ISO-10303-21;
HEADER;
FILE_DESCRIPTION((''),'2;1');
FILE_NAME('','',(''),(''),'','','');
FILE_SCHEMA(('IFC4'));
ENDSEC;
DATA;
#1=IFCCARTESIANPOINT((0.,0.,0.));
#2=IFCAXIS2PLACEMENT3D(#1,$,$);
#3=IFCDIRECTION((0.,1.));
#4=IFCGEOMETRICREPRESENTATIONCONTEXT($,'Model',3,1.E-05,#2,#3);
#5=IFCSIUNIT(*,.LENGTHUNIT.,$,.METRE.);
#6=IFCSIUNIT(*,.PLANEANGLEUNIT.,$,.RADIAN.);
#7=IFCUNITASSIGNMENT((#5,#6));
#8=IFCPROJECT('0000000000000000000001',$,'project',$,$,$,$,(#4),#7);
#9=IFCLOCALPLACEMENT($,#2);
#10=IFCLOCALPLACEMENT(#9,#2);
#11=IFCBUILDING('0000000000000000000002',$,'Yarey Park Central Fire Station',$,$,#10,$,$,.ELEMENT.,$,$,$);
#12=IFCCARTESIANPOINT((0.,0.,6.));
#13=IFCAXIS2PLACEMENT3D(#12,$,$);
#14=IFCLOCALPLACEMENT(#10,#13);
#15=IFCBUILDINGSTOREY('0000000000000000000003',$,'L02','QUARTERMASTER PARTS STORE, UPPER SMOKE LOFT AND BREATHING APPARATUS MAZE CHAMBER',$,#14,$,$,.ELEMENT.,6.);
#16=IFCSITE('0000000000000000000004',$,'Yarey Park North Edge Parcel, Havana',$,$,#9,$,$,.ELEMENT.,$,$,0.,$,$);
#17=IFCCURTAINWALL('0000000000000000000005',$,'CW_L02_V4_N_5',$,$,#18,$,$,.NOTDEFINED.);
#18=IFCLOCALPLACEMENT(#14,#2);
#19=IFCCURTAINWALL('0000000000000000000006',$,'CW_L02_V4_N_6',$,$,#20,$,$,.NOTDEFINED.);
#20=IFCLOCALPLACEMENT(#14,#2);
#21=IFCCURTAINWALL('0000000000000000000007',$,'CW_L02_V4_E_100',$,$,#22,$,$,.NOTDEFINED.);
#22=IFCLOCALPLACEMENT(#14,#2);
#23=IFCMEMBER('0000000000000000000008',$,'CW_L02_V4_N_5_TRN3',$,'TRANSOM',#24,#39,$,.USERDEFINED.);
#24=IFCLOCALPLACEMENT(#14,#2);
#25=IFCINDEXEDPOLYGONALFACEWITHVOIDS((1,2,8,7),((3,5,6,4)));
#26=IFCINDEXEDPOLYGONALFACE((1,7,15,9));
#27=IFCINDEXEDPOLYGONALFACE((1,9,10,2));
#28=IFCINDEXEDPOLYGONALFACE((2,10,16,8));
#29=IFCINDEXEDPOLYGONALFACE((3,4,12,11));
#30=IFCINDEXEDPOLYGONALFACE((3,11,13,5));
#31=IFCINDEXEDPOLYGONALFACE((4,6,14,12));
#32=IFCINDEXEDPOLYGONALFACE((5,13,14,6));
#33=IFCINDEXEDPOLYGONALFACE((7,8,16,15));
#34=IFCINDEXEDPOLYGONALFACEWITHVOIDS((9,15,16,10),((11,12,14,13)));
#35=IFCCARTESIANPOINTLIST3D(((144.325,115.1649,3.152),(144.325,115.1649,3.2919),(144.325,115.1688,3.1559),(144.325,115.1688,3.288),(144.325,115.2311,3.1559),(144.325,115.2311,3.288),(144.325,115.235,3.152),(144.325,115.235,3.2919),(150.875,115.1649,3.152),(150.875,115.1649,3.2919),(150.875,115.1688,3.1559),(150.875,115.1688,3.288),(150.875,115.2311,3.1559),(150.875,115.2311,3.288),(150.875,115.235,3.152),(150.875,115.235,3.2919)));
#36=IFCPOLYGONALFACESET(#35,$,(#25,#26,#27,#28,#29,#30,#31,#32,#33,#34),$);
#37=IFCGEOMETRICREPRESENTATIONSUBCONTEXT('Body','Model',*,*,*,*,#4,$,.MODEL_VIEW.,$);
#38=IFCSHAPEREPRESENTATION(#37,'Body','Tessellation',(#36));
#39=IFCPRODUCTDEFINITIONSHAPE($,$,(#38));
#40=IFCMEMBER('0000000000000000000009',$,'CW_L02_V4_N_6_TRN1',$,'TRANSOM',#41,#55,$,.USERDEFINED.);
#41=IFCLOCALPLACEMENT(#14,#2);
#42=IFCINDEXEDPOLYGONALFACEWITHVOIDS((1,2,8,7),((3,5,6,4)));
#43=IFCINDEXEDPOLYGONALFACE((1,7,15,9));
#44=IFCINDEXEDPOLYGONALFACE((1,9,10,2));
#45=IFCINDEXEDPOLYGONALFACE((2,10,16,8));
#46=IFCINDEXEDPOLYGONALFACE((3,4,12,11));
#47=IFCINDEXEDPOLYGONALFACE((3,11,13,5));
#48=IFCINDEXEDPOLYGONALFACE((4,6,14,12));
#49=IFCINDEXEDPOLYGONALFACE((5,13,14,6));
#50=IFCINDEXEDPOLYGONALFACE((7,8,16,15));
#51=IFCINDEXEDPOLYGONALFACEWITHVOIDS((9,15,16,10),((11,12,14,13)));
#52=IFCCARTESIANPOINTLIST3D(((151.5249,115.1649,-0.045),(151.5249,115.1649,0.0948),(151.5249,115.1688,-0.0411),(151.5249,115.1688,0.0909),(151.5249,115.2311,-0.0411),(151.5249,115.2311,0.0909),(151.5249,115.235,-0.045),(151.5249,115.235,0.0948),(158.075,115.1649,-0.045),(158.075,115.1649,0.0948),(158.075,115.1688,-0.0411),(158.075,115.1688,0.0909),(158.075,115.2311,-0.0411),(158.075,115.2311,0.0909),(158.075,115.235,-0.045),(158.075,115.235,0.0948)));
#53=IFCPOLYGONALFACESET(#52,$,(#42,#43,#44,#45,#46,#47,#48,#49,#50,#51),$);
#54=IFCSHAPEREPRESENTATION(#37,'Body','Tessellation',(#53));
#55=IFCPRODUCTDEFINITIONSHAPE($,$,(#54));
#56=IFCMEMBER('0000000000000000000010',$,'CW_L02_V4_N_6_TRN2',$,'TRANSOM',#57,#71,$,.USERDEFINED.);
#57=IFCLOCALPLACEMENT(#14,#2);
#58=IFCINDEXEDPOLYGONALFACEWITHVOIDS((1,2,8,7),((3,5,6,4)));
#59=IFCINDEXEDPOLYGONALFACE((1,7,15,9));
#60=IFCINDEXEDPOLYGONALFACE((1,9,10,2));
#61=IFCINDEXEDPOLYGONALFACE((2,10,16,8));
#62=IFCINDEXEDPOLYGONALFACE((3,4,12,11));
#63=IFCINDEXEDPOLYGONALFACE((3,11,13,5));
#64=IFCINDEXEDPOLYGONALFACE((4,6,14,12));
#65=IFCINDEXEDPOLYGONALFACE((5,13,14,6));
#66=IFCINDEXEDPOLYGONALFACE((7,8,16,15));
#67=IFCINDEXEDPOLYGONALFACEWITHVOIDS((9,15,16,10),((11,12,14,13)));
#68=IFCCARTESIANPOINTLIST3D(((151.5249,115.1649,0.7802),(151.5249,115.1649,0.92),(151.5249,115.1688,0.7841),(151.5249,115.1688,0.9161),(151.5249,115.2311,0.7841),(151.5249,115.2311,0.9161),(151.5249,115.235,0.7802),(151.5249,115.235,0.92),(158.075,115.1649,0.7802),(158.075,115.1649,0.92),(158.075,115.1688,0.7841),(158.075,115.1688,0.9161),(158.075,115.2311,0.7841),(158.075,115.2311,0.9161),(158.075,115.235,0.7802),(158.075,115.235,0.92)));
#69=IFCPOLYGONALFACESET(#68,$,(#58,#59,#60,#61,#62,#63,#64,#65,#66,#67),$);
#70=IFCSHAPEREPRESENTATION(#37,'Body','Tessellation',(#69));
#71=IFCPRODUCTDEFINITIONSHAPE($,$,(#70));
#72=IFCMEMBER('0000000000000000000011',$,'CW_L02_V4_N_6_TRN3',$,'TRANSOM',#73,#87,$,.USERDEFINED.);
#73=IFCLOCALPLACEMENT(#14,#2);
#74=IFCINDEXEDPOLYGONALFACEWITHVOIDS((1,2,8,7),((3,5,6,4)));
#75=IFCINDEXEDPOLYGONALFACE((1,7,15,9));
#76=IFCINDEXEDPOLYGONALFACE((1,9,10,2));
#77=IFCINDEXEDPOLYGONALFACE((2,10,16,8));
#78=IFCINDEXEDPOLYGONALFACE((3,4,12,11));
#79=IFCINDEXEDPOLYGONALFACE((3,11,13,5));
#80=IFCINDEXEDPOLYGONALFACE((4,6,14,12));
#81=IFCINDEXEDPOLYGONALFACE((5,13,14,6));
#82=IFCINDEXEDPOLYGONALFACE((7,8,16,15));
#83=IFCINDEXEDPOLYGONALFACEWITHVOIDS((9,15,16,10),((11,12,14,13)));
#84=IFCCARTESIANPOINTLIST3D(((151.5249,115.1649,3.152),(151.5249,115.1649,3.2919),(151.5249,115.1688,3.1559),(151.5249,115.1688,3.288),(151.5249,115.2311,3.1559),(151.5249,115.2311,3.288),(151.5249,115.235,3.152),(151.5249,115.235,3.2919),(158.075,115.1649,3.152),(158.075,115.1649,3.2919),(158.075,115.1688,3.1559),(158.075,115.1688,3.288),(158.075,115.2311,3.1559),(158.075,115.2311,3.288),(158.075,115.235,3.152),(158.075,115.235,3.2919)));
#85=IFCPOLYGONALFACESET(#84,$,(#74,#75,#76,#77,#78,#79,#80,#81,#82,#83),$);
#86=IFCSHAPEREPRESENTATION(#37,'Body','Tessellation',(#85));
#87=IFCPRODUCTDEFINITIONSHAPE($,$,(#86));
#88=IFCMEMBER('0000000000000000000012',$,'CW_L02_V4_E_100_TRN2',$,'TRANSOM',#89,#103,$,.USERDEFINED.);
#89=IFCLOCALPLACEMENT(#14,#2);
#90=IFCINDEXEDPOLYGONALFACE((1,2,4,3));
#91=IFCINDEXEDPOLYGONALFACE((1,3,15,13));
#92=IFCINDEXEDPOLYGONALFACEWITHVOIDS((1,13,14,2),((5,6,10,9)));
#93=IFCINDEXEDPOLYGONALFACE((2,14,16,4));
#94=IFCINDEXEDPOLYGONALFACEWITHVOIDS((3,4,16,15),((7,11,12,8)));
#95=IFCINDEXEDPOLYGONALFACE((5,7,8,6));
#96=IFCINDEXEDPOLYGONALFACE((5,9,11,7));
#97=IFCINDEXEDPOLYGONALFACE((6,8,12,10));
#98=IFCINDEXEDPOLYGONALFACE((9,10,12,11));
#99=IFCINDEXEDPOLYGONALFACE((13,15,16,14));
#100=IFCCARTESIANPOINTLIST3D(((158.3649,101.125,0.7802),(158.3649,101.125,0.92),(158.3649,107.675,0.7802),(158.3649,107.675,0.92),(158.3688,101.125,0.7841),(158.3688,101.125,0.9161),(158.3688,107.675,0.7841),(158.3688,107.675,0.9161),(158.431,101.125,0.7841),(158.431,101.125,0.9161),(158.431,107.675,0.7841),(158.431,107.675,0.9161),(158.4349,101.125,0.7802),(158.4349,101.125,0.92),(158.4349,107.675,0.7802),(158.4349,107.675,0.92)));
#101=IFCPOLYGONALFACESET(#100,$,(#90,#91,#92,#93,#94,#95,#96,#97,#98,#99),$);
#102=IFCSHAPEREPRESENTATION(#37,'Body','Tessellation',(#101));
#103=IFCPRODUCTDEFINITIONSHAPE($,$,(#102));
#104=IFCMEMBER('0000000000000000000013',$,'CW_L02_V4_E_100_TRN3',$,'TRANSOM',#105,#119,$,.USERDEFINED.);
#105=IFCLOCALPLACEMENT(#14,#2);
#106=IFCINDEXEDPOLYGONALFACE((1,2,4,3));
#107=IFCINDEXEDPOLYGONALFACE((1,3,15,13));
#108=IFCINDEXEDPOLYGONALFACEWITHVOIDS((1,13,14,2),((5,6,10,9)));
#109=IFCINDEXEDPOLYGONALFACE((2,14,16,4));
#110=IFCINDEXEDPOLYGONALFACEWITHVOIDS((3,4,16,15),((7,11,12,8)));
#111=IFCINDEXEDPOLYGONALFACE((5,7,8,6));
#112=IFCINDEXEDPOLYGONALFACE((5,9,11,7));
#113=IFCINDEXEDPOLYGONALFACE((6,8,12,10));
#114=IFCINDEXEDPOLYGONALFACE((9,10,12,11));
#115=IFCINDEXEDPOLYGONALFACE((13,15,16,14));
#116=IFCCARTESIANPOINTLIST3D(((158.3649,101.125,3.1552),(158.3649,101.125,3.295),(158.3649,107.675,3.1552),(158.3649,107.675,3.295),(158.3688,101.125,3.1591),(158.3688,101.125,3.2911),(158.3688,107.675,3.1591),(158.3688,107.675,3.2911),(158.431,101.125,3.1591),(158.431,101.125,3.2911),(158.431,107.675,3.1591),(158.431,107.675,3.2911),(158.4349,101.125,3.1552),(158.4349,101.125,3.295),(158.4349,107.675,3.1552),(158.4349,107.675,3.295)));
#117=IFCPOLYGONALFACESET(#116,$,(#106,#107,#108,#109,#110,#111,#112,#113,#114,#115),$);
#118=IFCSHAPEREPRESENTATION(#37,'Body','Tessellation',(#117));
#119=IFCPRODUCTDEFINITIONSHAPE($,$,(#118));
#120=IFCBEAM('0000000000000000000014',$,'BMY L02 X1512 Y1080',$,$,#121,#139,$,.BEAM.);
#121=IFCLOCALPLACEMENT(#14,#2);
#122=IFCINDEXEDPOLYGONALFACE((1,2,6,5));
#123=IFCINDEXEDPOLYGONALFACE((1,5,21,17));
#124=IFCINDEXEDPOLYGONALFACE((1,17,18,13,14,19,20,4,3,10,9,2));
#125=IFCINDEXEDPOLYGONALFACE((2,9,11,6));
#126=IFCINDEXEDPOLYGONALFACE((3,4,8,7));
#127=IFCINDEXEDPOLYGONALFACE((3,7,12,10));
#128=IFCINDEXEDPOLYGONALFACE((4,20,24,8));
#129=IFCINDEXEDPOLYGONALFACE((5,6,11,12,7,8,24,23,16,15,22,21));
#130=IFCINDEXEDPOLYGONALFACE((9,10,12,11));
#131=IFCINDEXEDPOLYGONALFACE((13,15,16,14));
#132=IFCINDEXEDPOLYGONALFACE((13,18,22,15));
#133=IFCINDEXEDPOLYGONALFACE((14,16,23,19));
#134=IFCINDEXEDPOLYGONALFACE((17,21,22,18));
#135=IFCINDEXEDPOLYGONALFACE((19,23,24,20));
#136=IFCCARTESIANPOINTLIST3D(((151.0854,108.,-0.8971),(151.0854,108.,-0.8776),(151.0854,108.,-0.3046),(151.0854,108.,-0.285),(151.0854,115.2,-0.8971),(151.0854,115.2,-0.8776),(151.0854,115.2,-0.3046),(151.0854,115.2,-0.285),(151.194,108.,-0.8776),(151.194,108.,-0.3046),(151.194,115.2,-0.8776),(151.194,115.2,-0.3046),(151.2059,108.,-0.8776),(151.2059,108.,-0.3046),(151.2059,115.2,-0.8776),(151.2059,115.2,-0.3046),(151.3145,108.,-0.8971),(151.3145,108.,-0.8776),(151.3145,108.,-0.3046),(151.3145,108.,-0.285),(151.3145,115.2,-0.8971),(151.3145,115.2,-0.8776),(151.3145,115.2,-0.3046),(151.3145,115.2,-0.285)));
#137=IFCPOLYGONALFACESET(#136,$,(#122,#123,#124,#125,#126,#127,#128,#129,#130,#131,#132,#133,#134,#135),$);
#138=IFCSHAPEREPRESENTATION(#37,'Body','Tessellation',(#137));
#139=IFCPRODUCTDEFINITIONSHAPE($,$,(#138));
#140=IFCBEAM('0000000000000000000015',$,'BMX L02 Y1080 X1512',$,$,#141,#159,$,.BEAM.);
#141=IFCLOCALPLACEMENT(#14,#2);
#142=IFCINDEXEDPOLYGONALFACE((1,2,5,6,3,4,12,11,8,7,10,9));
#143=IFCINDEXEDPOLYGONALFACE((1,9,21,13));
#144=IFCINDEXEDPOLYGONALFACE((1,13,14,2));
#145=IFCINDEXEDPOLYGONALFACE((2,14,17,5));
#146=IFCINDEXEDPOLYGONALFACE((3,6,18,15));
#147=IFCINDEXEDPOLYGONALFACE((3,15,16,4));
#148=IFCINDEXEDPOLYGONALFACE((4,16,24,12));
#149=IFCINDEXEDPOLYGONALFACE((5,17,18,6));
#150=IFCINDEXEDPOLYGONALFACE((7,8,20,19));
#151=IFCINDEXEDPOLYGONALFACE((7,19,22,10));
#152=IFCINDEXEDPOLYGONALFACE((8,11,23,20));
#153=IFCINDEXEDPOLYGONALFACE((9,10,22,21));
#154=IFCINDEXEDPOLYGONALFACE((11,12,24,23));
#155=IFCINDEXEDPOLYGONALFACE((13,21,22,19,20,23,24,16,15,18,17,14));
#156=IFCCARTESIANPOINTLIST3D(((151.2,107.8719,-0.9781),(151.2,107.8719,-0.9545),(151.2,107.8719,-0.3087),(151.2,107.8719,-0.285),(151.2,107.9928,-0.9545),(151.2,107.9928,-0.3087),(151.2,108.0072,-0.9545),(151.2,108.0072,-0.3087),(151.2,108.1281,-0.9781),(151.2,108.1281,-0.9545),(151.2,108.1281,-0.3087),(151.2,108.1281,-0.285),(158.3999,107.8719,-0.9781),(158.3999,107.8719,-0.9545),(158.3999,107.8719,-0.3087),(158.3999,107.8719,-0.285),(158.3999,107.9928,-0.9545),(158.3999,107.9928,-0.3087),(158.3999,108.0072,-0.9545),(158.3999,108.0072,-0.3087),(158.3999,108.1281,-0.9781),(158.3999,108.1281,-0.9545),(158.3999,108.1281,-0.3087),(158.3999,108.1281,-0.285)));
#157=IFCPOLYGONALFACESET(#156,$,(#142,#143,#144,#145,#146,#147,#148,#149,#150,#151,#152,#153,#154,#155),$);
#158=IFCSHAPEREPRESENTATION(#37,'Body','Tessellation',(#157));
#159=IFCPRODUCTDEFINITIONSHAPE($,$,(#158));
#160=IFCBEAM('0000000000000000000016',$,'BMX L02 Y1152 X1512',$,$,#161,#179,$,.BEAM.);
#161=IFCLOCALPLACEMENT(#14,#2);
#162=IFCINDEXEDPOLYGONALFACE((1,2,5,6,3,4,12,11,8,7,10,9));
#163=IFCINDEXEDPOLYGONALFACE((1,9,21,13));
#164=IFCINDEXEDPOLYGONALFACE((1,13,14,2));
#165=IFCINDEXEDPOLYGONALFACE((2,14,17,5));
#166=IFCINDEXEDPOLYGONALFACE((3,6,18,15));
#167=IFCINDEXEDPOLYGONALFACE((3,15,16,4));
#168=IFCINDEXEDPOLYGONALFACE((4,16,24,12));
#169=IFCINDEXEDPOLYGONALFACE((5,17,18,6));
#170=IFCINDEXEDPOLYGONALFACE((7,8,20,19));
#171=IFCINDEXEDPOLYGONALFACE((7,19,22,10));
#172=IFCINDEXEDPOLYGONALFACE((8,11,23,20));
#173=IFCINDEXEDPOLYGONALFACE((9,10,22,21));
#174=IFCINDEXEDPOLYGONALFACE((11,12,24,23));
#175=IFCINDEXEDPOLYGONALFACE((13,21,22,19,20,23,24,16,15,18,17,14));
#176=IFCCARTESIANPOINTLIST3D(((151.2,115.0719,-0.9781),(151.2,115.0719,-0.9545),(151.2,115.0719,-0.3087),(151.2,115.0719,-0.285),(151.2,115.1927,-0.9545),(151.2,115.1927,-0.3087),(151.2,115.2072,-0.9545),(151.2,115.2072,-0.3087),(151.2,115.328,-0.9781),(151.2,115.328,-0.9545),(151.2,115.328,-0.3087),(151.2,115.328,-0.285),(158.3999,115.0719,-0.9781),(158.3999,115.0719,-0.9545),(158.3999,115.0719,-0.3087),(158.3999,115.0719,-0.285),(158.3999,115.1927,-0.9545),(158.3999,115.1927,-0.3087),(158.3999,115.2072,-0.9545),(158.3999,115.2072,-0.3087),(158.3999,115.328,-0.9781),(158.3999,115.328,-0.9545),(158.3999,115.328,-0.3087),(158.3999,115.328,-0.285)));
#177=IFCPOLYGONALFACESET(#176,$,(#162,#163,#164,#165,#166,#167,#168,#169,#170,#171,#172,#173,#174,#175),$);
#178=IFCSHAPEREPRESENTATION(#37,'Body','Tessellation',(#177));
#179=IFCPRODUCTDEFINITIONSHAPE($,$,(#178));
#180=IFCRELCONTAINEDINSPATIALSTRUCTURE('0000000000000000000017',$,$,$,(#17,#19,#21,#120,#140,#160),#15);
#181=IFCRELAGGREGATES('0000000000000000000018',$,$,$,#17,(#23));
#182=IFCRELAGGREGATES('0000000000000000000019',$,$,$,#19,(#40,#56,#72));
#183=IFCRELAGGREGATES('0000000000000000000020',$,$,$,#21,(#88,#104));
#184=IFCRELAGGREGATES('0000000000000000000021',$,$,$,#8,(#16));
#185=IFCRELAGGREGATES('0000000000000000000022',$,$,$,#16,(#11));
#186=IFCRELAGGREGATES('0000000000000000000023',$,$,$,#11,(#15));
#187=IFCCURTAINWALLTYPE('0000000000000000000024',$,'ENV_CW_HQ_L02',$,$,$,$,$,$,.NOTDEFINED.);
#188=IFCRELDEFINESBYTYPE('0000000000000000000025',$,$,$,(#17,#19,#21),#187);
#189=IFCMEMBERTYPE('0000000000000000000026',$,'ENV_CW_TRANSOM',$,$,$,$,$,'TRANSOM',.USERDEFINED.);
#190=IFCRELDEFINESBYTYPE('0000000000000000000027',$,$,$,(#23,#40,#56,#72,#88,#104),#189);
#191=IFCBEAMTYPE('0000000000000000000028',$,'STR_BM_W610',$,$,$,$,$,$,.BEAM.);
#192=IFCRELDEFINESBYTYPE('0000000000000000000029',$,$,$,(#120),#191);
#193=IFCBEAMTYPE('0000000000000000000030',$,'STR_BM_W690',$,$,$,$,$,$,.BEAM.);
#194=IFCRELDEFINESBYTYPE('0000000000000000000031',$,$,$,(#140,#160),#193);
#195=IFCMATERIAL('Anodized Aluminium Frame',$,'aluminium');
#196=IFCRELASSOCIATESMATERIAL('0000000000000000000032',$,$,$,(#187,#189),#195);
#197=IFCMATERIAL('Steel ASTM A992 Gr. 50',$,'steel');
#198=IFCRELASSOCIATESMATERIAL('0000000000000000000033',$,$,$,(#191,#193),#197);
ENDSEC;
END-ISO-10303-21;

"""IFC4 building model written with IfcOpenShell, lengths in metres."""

from ifc_helpers import new_model, si_unit, direction, frame, origin, origin_2d, place, context, subcontext, project, spatial, hollow_rectangle, i_section, extrude, material, material_profile, profile_set, type_object, element, aggregate, save


model = new_model("IFC4")

# Units and contexts
model_context = context("Model", 3, precision=1e-05, world=origin(), true_north=direction((0.0, 1.0)))
body_context = subcontext(model_context, "Body", "Model", "MODEL_VIEW")
ifc_project = project(units=[si_unit("LENGTHUNIT", "METRE"), si_unit("PLANEANGLEUNIT", "RADIAN")], contexts=[model_context])

# Site, building, storey
site_placement = place(None, origin())
site = spatial("IfcSite", under=ifc_project, at=site_placement, Name="Yarey Park North Edge Parcel, Havana", CompositionType="ELEMENT", RefElevation=0.0)
building_placement = place(site_placement, origin())
building = spatial("IfcBuilding", under=site, at=building_placement, Name="Yarey Park Central Fire Station", CompositionType="ELEMENT")
storey_placement = place(building_placement, frame((0.0, 0.0, 6.0)))
storey = spatial("IfcBuildingStorey", under=building, at=storey_placement, Name="L02", Description="QUARTERMASTER PARTS STORE, UPPER SMOKE LOFT AND BREATHING APPARATUS MAZE CHAMBER", CompositionType="ELEMENT", Elevation=6.0)

# Curtain wall
ifc_material_1 = material(Name="Anodized Aluminium Frame", Category="aluminium")
curtain_wall_type = type_object("IfcCurtainWallType", Name="ENV_CW_HQ_L02", PredefinedType="NOTDEFINED", material=ifc_material_1)
curtain_wall_1_placement = place(storey_placement, origin())
curtain_wall_1 = element("IfcCurtainWall", 1, at=curtain_wall_1_placement, inside=storey, type_object=curtain_wall_type, Name="CW_L02_V4_N_5", PredefinedType="NOTDEFINED")

# Curtain walls
curtain_wall_2_placement = place(storey_placement, origin())
curtain_wall_2 = element("IfcCurtainWall", 2, at=curtain_wall_2_placement, inside=storey, type_object=curtain_wall_type, Name="CW_L02_V4_N_6", PredefinedType="NOTDEFINED")
curtain_wall_3_placement = place(storey_placement, origin())
curtain_wall_3 = element("IfcCurtainWall", 3, at=curtain_wall_3_placement, inside=storey, type_object=curtain_wall_type, Name="CW_L02_V4_E_100", PredefinedType="NOTDEFINED")

# Members
ifc_material_profile_1 = material_profile(ifc_material_1, hollow_rectangle(XDim=0.0701, YDim=0.1399, WallThickness=0.0039, at=origin_2d()), Name="ALU 140x70x4")
ifc_profile_set_1 = profile_set([ifc_material_profile_1], Name="Anodized Aluminium Frame")
member_type_1 = type_object("IfcMemberType", Name="ENV_CW_TRANSOM", ElementType="TRANSOM", PredefinedType="USERDEFINED", material=ifc_profile_set_1)
member_1_placement = place(storey_placement, frame((150.875, 115.2, 3.2219), z_axis=(-1.0, 0.0, 0.0), x_axis=(0.0, -1.0, 0.0)))
member_1 = element("IfcMember", 4, at=member_1_placement, type_object=member_type_1, Name="CW_L02_V4_N_5_TRN3", ObjectType="TRANSOM", PredefinedType="USERDEFINED", context=body_context, shape_type="SweptSolid", body=[
    extrude(hollow_rectangle(XDim=0.0701, YDim=0.1399, WallThickness=0.0039, at=origin_2d()), origin(), (0.0, 0.0, 1.0), 6.55),
])
aggregate(curtain_wall_1, [member_1])
member_2_placement = place(storey_placement, frame((158.075, 115.2, 0.0249), z_axis=(-1.0, 0.0, 0.0), x_axis=(0.0, -1.0, 0.0)))
member_2 = element("IfcMember", 5, at=member_2_placement, type_object=member_type_1, Name="CW_L02_V4_N_6_TRN1", ObjectType="TRANSOM", PredefinedType="USERDEFINED", context=body_context, shape_type="SweptSolid", body=[
    extrude(hollow_rectangle(XDim=0.0701, YDim=0.1399, WallThickness=0.0039, at=origin_2d()), origin(), (0.0, 0.0, 1.0), 6.55),
])
member_3_placement = place(storey_placement, frame((158.075, 115.2, 0.8501), z_axis=(-1.0, 0.0, 0.0), x_axis=(0.0, -1.0, 0.0)))
member_3 = element("IfcMember", 6, at=member_3_placement, type_object=member_type_1, Name="CW_L02_V4_N_6_TRN2", ObjectType="TRANSOM", PredefinedType="USERDEFINED", context=body_context, shape_type="SweptSolid", body=[
    extrude(hollow_rectangle(XDim=0.0701, YDim=0.1399, WallThickness=0.0039, at=origin_2d()), origin(), (0.0, 0.0, 1.0), 6.55),
])
member_4_placement = place(storey_placement, frame((158.075, 115.2, 3.2219), z_axis=(-1.0, 0.0, 0.0), x_axis=(0.0, -1.0, 0.0)))
member_4 = element("IfcMember", 7, at=member_4_placement, type_object=member_type_1, Name="CW_L02_V4_N_6_TRN3", ObjectType="TRANSOM", PredefinedType="USERDEFINED", context=body_context, shape_type="SweptSolid", body=[
    extrude(hollow_rectangle(XDim=0.0701, YDim=0.1399, WallThickness=0.0039, at=origin_2d()), origin(), (0.0, 0.0, 1.0), 6.55),
])
member_5_placement = place(storey_placement, frame((158.3999, 101.125, 0.8501), z_axis=(0.0, 1.0, 0.0), x_axis=(-1.0, 0.0, 0.0)))
member_5 = element("IfcMember", 8, at=member_5_placement, type_object=member_type_1, Name="CW_L02_V4_E_100_TRN2", ObjectType="TRANSOM", PredefinedType="USERDEFINED", context=body_context, shape_type="SweptSolid", body=[
    extrude(hollow_rectangle(XDim=0.0701, YDim=0.1399, WallThickness=0.0039, at=origin_2d()), origin(), (0.0, 0.0, 1.0), 6.55),
])
member_6_placement = place(storey_placement, frame((158.3999, 101.125, 3.2251), z_axis=(0.0, 1.0, 0.0), x_axis=(-1.0, 0.0, 0.0)))
member_6 = element("IfcMember", 9, at=member_6_placement, type_object=member_type_1, Name="CW_L02_V4_E_100_TRN3", ObjectType="TRANSOM", PredefinedType="USERDEFINED", context=body_context, shape_type="SweptSolid", body=[
    extrude(hollow_rectangle(XDim=0.0701, YDim=0.1399, WallThickness=0.0039, at=origin_2d()), origin(), (0.0, 0.0, 1.0), 6.55),
])

# Beams
ifc_material_2 = material(Name="Steel ASTM A992 Gr. 50", Category="steel")
ifc_material_profile_2 = material_profile(ifc_material_2, i_section(OverallWidth=0.229, OverallDepth=0.6121, WebThickness=0.012, FlangeThickness=0.0195, at=origin_2d()), Name="W610x125")
ifc_profile_set_2 = profile_set([ifc_material_profile_2], Name="Steel ASTM A992 Gr. 50")
beam_type_1 = type_object("IfcBeamType", Name="STR_BM_W610", PredefinedType="BEAM", material=ifc_profile_set_2)
beam_1_placement = place(storey_placement, frame((151.2, 108.0, -0.5911), z_axis=(0.0, 1.0, 0.0), x_axis=(-1.0, 0.0, 0.0)))
element("IfcBeam", 10, at=beam_1_placement, inside=storey, type_object=beam_type_1, Name="BMY L02 X1512 Y1080", PredefinedType="BEAM", context=body_context, shape_type="SweptSolid", body=[
    extrude(i_section(OverallWidth=0.229, OverallDepth=0.6121, WebThickness=0.012, FlangeThickness=0.0195, at=origin_2d()), origin(), (0.0, 0.0, 1.0), 7.2),
])
ifc_material_profile_3 = material_profile(ifc_material_2, i_section(OverallWidth=0.2561, OverallDepth=0.6931, WebThickness=0.0144, FlangeThickness=0.0237, at=origin_2d()), Name="W690x170")
ifc_profile_set_3 = profile_set([ifc_material_profile_3], Name="Steel ASTM A992 Gr. 50")
beam_type_2 = type_object("IfcBeamType", Name="STR_BM_W690", PredefinedType="BEAM", material=ifc_profile_set_3)
for number, where, z_axis, x_axis, name in (
    (11, (151.2, 108.0, -0.6316), (1.0, 0.0, 0.0), (0.0, 1.0, 0.0), "BMX L02 Y1080 X1512"),
    (12, (151.2, 115.2, -0.6316), (1.0, 0.0, 0.0), (0.0, 1.0, 0.0), "BMX L02 Y1152 X1512"),
):
    element("IfcBeam", number, at=place(storey_placement, frame(where, z_axis=z_axis, x_axis=x_axis)), inside=storey, type_object=beam_type_2, Name=name, PredefinedType="BEAM", context=body_context, shape_type="SweptSolid", body=[
        extrude(i_section(OverallWidth=0.2561, OverallDepth=0.6931, WebThickness=0.0144, FlangeThickness=0.0237, at=origin_2d()), origin(), (0.0, 0.0, 1.0), 7.2),
    ])

aggregate(curtain_wall_2, [member_2, member_3, member_4])
aggregate(curtain_wall_3, [member_5, member_6])

save(model, "model.ifc")
